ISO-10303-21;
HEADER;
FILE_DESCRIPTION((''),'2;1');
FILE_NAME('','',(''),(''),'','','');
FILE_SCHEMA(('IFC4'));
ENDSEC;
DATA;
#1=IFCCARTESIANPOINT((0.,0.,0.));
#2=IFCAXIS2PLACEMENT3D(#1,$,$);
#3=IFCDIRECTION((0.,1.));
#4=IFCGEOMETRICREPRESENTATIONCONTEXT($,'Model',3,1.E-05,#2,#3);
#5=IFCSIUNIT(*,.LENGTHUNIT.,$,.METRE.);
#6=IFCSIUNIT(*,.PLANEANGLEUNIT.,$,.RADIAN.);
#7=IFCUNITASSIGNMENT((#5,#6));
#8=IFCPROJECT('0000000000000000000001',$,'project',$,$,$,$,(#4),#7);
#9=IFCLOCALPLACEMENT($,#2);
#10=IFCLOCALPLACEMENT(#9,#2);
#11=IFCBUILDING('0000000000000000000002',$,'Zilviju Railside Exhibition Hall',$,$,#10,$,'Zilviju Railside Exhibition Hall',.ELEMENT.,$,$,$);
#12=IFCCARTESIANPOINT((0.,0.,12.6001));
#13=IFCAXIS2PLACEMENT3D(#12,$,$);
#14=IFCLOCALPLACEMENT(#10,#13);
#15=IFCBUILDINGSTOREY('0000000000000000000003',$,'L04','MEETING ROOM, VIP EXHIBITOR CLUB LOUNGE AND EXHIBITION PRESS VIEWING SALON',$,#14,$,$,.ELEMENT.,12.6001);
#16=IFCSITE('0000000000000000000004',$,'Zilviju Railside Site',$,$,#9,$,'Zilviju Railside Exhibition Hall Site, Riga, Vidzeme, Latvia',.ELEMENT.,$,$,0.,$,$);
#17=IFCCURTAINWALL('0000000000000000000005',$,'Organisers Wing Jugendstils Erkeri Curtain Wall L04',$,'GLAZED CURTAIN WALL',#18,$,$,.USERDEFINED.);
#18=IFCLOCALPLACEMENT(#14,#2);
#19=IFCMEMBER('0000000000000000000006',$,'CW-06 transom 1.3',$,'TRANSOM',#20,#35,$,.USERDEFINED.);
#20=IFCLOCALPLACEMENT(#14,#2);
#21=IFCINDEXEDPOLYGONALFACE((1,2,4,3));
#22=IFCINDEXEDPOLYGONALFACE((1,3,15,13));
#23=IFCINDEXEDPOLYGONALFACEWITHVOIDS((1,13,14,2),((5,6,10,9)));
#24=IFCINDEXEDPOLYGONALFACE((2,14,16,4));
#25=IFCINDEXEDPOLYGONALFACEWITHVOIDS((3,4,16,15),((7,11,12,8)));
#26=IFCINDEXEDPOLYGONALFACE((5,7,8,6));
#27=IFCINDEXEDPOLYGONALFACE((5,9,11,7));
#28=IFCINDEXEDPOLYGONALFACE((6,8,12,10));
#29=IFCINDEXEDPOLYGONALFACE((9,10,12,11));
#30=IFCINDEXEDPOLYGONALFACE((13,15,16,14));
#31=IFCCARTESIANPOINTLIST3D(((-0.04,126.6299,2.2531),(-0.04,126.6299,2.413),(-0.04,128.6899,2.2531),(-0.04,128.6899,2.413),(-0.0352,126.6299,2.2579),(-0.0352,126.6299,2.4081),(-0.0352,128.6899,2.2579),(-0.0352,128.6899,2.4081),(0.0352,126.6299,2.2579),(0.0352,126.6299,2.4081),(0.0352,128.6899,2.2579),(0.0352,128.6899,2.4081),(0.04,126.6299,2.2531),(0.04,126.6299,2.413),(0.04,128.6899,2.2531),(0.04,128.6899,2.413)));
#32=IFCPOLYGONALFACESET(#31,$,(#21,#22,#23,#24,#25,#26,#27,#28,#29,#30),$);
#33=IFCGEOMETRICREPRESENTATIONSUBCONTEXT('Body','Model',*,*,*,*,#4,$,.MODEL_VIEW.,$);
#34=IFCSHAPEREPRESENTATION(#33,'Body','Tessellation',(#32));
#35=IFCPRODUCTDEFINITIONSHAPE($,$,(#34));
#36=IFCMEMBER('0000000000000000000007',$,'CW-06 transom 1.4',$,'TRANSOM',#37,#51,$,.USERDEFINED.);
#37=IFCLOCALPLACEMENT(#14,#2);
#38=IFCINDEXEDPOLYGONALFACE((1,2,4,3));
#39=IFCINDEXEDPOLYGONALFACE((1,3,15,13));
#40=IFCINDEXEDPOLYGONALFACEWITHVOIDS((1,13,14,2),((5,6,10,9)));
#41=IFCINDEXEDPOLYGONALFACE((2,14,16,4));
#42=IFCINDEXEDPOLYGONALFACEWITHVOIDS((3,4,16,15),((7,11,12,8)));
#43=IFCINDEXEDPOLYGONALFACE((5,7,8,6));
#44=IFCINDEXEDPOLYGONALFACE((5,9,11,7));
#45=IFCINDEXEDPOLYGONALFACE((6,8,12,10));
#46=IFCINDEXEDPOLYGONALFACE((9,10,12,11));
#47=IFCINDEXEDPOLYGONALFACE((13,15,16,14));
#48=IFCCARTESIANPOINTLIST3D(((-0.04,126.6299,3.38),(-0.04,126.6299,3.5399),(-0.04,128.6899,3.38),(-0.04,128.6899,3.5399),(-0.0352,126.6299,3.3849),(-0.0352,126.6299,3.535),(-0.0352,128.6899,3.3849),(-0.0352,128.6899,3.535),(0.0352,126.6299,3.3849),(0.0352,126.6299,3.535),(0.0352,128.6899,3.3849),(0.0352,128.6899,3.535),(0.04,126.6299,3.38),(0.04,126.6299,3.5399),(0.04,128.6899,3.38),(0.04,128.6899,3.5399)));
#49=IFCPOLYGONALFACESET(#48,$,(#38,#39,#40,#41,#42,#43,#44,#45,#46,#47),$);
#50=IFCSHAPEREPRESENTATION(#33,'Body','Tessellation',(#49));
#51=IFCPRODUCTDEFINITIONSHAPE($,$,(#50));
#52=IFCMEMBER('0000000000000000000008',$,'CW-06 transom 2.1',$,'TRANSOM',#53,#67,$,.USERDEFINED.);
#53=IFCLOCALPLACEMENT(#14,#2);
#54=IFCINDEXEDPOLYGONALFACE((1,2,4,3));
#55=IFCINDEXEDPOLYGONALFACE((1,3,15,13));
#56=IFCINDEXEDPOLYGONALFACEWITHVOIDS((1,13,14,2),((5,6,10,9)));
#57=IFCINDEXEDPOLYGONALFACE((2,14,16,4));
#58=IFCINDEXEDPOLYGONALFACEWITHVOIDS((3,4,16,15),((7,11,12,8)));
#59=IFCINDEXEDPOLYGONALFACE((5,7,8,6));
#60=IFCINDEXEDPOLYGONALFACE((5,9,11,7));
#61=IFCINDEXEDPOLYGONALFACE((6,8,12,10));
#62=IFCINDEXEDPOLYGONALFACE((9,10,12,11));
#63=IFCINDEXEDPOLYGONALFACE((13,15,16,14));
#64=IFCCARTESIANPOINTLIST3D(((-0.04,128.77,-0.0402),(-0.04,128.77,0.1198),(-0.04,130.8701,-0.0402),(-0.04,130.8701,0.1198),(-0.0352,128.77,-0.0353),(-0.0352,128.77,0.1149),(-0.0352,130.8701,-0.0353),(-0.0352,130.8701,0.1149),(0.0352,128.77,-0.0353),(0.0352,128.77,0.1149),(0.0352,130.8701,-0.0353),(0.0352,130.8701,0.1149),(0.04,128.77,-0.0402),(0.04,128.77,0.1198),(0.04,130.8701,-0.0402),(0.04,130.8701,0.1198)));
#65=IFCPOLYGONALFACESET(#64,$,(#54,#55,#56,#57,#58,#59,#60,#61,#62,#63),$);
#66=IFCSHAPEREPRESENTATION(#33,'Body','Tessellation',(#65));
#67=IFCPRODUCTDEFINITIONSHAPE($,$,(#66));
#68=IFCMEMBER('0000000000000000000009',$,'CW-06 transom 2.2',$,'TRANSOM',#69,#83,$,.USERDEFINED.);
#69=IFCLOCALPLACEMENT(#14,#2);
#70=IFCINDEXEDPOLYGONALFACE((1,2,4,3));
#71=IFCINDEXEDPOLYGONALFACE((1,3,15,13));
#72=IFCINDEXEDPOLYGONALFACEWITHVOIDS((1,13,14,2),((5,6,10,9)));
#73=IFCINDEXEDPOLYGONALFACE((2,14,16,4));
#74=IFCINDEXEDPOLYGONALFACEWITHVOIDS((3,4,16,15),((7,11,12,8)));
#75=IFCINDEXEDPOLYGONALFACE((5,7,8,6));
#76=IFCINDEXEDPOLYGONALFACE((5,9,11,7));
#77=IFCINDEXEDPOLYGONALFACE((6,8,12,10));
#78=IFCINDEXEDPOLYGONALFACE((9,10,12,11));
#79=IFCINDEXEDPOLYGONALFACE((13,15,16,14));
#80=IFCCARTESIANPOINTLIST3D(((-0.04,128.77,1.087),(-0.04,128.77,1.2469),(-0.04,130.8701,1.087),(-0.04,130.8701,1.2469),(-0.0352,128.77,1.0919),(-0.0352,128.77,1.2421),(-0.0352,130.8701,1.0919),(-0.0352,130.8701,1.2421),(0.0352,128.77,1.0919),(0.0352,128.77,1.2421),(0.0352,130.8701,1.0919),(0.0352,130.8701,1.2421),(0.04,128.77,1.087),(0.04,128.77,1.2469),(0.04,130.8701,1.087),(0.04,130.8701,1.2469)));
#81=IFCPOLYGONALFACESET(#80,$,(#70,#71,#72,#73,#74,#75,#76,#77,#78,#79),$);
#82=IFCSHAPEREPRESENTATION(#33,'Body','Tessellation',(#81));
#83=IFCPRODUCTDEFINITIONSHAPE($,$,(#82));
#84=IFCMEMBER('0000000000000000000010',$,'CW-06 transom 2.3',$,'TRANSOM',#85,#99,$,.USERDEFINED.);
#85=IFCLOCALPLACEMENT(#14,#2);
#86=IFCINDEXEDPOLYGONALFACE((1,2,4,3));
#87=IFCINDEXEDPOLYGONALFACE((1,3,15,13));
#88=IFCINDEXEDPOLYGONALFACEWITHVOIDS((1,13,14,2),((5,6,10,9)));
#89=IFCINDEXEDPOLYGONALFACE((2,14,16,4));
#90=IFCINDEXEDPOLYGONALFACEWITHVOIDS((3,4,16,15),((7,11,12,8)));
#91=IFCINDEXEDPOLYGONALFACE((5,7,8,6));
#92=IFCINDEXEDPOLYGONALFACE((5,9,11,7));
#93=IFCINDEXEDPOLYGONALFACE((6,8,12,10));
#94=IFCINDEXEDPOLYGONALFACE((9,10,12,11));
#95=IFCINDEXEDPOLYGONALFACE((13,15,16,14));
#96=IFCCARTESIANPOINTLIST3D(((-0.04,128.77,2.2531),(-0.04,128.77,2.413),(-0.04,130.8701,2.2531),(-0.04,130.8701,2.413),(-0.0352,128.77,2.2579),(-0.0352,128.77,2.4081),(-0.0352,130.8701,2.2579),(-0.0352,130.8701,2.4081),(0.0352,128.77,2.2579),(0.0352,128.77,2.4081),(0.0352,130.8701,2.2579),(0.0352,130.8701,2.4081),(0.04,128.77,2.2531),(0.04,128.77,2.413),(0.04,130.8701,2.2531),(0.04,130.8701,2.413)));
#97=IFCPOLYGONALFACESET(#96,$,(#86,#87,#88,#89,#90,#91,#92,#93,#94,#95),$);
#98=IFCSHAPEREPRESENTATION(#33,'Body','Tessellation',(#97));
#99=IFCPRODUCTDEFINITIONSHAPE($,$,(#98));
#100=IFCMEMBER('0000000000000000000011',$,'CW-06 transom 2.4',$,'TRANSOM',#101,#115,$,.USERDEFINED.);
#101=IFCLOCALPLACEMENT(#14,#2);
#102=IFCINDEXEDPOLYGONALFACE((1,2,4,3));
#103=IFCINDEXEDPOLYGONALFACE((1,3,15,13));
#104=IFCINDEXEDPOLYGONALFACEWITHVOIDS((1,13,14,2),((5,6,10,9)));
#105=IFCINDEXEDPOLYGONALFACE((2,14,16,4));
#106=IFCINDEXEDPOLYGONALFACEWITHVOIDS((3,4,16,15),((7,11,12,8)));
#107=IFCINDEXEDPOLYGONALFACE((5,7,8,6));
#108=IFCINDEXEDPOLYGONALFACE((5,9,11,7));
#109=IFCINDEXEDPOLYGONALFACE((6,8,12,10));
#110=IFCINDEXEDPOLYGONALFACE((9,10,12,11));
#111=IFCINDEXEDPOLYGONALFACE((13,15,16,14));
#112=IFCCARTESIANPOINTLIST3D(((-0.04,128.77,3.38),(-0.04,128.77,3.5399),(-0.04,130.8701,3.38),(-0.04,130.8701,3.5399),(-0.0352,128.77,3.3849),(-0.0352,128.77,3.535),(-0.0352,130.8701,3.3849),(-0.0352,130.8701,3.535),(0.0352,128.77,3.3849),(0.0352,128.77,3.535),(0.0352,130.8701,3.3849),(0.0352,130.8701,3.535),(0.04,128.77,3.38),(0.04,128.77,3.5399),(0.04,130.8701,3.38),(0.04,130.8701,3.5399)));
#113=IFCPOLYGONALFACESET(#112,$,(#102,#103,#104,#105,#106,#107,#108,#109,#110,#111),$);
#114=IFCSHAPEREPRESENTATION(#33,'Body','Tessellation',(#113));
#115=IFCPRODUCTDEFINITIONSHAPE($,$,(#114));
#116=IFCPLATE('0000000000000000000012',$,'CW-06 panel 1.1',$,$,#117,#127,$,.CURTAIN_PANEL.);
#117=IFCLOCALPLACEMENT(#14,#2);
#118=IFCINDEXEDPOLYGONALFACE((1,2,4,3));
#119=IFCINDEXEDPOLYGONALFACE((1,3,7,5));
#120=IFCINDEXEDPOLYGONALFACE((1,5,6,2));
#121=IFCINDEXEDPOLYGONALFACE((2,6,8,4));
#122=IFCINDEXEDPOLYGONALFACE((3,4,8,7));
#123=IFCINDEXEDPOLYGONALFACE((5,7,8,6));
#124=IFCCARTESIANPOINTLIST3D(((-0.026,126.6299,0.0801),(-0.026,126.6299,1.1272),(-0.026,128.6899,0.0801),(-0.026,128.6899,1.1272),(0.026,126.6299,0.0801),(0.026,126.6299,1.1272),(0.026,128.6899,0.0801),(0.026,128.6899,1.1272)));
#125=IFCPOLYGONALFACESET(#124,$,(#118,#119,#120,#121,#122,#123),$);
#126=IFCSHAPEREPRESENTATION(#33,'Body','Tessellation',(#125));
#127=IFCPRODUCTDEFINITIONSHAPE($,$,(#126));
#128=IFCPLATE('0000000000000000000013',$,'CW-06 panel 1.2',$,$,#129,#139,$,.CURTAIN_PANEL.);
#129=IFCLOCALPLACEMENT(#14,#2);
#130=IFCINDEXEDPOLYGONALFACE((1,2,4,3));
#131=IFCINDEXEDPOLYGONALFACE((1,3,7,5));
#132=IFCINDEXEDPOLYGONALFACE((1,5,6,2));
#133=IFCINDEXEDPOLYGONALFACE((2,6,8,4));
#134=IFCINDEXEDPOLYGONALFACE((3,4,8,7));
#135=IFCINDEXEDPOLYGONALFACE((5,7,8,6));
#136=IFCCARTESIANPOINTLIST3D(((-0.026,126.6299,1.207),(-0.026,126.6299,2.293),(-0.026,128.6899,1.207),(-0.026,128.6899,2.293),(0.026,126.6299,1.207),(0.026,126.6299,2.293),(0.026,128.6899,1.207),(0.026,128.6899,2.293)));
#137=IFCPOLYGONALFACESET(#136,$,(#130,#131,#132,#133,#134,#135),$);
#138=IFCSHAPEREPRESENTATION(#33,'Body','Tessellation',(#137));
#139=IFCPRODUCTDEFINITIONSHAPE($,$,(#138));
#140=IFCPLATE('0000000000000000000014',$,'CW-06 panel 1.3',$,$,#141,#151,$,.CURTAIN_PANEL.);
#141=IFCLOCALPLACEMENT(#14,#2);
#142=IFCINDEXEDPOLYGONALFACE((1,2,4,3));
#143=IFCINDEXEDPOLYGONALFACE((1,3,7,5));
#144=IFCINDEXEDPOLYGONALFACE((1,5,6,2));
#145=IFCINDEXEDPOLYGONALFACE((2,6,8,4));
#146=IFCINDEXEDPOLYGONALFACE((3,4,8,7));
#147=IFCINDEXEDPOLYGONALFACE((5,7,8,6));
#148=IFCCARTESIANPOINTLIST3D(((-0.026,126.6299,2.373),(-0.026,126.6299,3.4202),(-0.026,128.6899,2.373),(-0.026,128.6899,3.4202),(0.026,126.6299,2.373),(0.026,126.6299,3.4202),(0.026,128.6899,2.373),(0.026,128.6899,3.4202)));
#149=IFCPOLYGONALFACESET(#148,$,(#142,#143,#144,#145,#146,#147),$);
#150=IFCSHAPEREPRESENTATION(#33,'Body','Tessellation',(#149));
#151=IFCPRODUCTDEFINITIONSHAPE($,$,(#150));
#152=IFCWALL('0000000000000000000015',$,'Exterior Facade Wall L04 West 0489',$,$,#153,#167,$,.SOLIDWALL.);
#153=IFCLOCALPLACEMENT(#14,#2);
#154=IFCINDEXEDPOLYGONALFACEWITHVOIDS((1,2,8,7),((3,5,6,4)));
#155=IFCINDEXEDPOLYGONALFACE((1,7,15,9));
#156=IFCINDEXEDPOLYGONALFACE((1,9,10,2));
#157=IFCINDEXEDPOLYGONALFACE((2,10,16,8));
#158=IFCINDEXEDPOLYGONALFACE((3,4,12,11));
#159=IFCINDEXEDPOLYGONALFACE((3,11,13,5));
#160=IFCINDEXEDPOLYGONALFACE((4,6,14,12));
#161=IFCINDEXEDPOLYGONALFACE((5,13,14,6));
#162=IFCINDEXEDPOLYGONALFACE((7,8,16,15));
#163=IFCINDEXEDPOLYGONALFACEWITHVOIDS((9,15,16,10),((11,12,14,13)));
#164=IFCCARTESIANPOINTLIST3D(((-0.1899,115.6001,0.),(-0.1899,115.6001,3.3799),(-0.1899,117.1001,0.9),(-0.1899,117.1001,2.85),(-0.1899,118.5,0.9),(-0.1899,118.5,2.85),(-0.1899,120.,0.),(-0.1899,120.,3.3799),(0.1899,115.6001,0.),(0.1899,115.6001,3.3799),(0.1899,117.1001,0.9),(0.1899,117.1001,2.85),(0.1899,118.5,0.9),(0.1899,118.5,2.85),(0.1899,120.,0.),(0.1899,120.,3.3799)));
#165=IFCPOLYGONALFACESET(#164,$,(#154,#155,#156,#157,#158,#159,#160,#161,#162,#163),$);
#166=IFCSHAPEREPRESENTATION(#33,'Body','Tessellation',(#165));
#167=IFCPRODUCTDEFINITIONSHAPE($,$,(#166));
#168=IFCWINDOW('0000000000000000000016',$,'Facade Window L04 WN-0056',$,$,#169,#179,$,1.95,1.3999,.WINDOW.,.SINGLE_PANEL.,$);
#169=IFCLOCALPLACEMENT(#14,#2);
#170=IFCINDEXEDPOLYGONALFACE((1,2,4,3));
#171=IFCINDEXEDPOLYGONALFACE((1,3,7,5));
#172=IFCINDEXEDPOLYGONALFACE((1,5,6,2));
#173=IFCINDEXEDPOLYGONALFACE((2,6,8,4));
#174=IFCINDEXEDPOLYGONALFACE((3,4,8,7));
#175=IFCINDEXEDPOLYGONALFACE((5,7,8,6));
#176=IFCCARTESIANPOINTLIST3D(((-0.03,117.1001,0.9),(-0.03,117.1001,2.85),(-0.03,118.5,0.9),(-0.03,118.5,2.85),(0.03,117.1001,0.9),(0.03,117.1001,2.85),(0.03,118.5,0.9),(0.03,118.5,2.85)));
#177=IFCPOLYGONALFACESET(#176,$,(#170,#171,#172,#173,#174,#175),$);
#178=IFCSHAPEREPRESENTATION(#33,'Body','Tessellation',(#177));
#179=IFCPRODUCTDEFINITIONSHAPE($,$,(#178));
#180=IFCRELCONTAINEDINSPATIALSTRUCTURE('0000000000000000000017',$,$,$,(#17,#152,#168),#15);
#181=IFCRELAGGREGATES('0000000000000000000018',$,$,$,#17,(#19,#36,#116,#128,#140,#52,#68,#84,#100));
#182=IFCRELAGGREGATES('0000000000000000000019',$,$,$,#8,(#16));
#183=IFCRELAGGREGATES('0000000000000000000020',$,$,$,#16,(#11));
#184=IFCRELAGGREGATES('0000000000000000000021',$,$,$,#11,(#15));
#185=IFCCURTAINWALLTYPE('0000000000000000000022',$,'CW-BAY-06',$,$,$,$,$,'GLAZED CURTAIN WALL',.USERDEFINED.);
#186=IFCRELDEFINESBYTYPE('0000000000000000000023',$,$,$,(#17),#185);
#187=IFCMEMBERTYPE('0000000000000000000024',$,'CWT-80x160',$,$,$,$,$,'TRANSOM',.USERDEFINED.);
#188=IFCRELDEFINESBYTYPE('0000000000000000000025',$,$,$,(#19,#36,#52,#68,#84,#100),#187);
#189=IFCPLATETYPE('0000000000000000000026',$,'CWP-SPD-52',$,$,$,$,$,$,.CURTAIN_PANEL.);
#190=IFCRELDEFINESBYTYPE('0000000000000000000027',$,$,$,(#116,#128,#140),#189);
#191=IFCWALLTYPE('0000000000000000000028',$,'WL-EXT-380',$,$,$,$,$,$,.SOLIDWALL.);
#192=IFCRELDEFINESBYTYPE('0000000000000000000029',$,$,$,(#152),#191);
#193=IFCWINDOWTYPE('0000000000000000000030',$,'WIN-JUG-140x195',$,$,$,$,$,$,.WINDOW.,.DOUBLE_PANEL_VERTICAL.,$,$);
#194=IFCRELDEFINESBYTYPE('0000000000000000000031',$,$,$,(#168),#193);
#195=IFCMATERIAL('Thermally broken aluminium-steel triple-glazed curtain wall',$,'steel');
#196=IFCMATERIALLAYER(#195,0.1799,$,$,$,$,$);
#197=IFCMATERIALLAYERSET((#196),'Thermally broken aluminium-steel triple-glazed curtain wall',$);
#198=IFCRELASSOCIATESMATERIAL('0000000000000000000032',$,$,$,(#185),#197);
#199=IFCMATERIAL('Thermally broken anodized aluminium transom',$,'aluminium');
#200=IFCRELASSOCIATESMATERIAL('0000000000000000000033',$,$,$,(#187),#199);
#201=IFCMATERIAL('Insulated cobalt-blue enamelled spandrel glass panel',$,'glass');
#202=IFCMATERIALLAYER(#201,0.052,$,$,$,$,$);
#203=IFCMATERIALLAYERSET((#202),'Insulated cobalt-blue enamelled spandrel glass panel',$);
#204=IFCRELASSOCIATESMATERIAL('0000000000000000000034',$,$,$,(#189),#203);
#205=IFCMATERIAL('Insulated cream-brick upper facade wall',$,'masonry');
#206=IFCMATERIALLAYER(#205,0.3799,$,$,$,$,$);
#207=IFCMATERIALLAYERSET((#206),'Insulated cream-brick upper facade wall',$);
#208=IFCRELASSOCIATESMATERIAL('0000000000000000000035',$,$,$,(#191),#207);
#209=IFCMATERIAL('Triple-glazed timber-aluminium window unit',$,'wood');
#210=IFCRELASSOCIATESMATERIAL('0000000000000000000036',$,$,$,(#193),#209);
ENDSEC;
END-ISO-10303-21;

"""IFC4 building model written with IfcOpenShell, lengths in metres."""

from ifc_helpers import new_model, si_unit, direction, frame, frame_2d, origin, origin_2d, place, context, subcontext, project, spatial, rectangle, hollow_rectangle, extrude, material, layer, layer_set, material_profile, profile_set, type_object, element, fill, aggregate, save


model = new_model("IFC4")

# Units and contexts
model_context = context("Model", 3, precision=1e-05, world=origin(), true_north=direction((0.0, 1.0)))
body_context = subcontext(model_context, "Body", "Model", "MODEL_VIEW")
ifc_project = project(units=[si_unit("LENGTHUNIT", "METRE"), si_unit("PLANEANGLEUNIT", "RADIAN")], contexts=[model_context])

# Site, building, storey
site_placement = place(None, origin())
site = spatial("IfcSite", under=ifc_project, at=site_placement, Name="Zilviju Railside Site", LongName="Zilviju Railside Exhibition Hall Site, Riga, Vidzeme, Latvia", CompositionType="ELEMENT", RefElevation=0.0)
building_placement = place(site_placement, origin())
building = spatial("IfcBuilding", under=site, at=building_placement, Name="Zilviju Railside Exhibition Hall", LongName="Zilviju Railside Exhibition Hall", CompositionType="ELEMENT")
storey_placement = place(building_placement, frame((0.0, 0.0, 12.6001)))
storey = spatial("IfcBuildingStorey", under=building, at=storey_placement, Name="L04", Description="MEETING ROOM, VIP EXHIBITOR CLUB LOUNGE AND EXHIBITION PRESS VIEWING SALON", CompositionType="ELEMENT", Elevation=12.6001)

# Curtain wall, members, plates
ifc_material_1 = material(Name="Thermally broken aluminium-steel triple-glazed curtain wall", Category="steel")
ifc_layer_1 = layer(ifc_material_1, 0.1799)
ifc_layer_set_1 = layer_set([ifc_layer_1], Name="Thermally broken aluminium-steel triple-glazed curtain wall")
curtain_wall_type = type_object("IfcCurtainWallType", Name="CW-BAY-06", ElementType="GLAZED CURTAIN WALL", PredefinedType="USERDEFINED", material=ifc_layer_set_1)
curtain_wall_placement = place(storey_placement, origin())
curtain_wall = element("IfcCurtainWall", 1, at=curtain_wall_placement, inside=storey, type_object=curtain_wall_type, Name="Organisers Wing Jugendstils Erkeri Curtain Wall L04", ObjectType="GLAZED CURTAIN WALL", PredefinedType="USERDEFINED")
ifc_material_2 = material(Name="Thermally broken anodized aluminium transom", Category="aluminium")
ifc_material_profile_1 = material_profile(ifc_material_2, hollow_rectangle(XDim=0.0801, YDim=0.1599, WallThickness=0.0049, at=origin_2d()), Name="TRANSOM 160x80x5")
ifc_profile_set_1 = profile_set([ifc_material_profile_1], Name="Thermally broken anodized aluminium transom")
member_type_1 = type_object("IfcMemberType", Name="CWT-80x160", ElementType="TRANSOM", PredefinedType="USERDEFINED", material=ifc_profile_set_1)
member_1_placement = place(storey_placement, frame((0.0, 126.6299, 2.333), z_axis=(0.0, 1.0, 0.0), x_axis=(-1.0, 0.0, 0.0)))
member_1 = element("IfcMember", 2, at=member_1_placement, type_object=member_type_1, Name="CW-06 transom 1.3", ObjectType="TRANSOM", PredefinedType="USERDEFINED", context=body_context, shape_type="SweptSolid", body=[
    extrude(hollow_rectangle(XDim=0.0801, YDim=0.1599, WallThickness=0.0049, at=origin_2d()), origin(), (0.0, 0.0, 1.0), 2.0601),
])
member_2_placement = place(storey_placement, frame((0.0, 126.6299, 3.46), z_axis=(0.0, 1.0, 0.0), x_axis=(-1.0, 0.0, 0.0)))
member_2 = element("IfcMember", 3, at=member_2_placement, type_object=member_type_1, Name="CW-06 transom 1.4", ObjectType="TRANSOM", PredefinedType="USERDEFINED", context=body_context, shape_type="SweptSolid", body=[
    extrude(hollow_rectangle(XDim=0.0801, YDim=0.1599, WallThickness=0.0049, at=origin_2d()), origin(), (0.0, 0.0, 1.0), 2.0601),
])
member_3_placement = place(storey_placement, frame((0.0, 128.77, 0.0398), z_axis=(0.0, 1.0, 0.0), x_axis=(-1.0, 0.0, 0.0)))
member_3 = element("IfcMember", 4, at=member_3_placement, type_object=member_type_1, Name="CW-06 transom 2.1", ObjectType="TRANSOM", PredefinedType="USERDEFINED", context=body_context, shape_type="SweptSolid", body=[
    extrude(hollow_rectangle(XDim=0.0801, YDim=0.1599, WallThickness=0.0049, at=origin_2d()), origin(), (0.0, 0.0, 1.0), 2.1001),
])
member_4_placement = place(storey_placement, frame((0.0, 128.77, 1.167), z_axis=(0.0, 1.0, 0.0), x_axis=(-1.0, 0.0, 0.0)))
member_4 = element("IfcMember", 5, at=member_4_placement, type_object=member_type_1, Name="CW-06 transom 2.2", ObjectType="TRANSOM", PredefinedType="USERDEFINED", context=body_context, shape_type="SweptSolid", body=[
    extrude(hollow_rectangle(XDim=0.0801, YDim=0.1599, WallThickness=0.0049, at=origin_2d()), origin(), (0.0, 0.0, 1.0), 2.1001),
])
member_5_placement = place(storey_placement, frame((0.0, 128.77, 2.333), z_axis=(0.0, 1.0, 0.0), x_axis=(-1.0, 0.0, 0.0)))
member_5 = element("IfcMember", 6, at=member_5_placement, type_object=member_type_1, Name="CW-06 transom 2.3", ObjectType="TRANSOM", PredefinedType="USERDEFINED", context=body_context, shape_type="SweptSolid", body=[
    extrude(hollow_rectangle(XDim=0.0801, YDim=0.1599, WallThickness=0.0049, at=origin_2d()), origin(), (0.0, 0.0, 1.0), 2.1001),
])
member_6_placement = place(storey_placement, frame((0.0, 128.77, 3.46), z_axis=(0.0, 1.0, 0.0), x_axis=(-1.0, 0.0, 0.0)))
member_6 = element("IfcMember", 7, at=member_6_placement, type_object=member_type_1, Name="CW-06 transom 2.4", ObjectType="TRANSOM", PredefinedType="USERDEFINED", context=body_context, shape_type="SweptSolid", body=[
    extrude(hollow_rectangle(XDim=0.0801, YDim=0.1599, WallThickness=0.0049, at=origin_2d()), origin(), (0.0, 0.0, 1.0), 2.1001),
])
ifc_material_3 = material(Name="Insulated cobalt-blue enamelled spandrel glass panel", Category="glass")
ifc_layer_2 = layer(ifc_material_3, 0.052)
ifc_layer_set_2 = layer_set([ifc_layer_2], Name="Insulated cobalt-blue enamelled spandrel glass panel")
plate_type = type_object("IfcPlateType", Name="CWP-SPD-52", PredefinedType="CURTAIN_PANEL", material=ifc_layer_set_2)
plate_1_placement = place(storey_placement, frame((0.0, 127.6599, 0.0801), z_axis=(0.0, 0.0, 1.0), x_axis=(0.0, 1.0, 0.0)))
plate_1 = element("IfcPlate", 8, at=plate_1_placement, type_object=plate_type, Name="CW-06 panel 1.1", PredefinedType="CURTAIN_PANEL", context=body_context, shape_type="SweptSolid", body=[
    extrude(rectangle(XDim=2.0601, YDim=0.052, at=origin_2d()), origin(), (0.0, 0.0, 1.0), 1.0471),
])
plate_2_placement = place(storey_placement, frame((0.0, 127.6599, 1.207), z_axis=(0.0, 0.0, 1.0), x_axis=(0.0, 1.0, 0.0)))
plate_2 = element("IfcPlate", 9, at=plate_2_placement, type_object=plate_type, Name="CW-06 panel 1.2", PredefinedType="CURTAIN_PANEL", context=body_context, shape_type="SweptSolid", body=[
    extrude(rectangle(XDim=2.0601, YDim=0.052, at=origin_2d()), origin(), (0.0, 0.0, 1.0), 1.0859),
])
plate_3_placement = place(storey_placement, frame((0.0, 127.6599, 2.373), z_axis=(0.0, 0.0, 1.0), x_axis=(0.0, 1.0, 0.0)))
plate_3 = element("IfcPlate", 10, at=plate_3_placement, type_object=plate_type, Name="CW-06 panel 1.3", PredefinedType="CURTAIN_PANEL", context=body_context, shape_type="SweptSolid", body=[
    extrude(rectangle(XDim=2.0601, YDim=0.052, at=origin_2d()), origin(), (0.0, 0.0, 1.0), 1.0471),
])
aggregate(curtain_wall, [member_1, member_2, plate_1, plate_2, plate_3, member_3, member_4, member_5, member_6])

# Wall, opening, window
ifc_material_4 = material(Name="Insulated cream-brick upper facade wall", Category="masonry")
ifc_layer_3 = layer(ifc_material_4, 0.3799)
ifc_layer_set_3 = layer_set([ifc_layer_3], Name="Insulated cream-brick upper facade wall")
wall_type_1 = type_object("IfcWallType", Name="WL-EXT-380", PredefinedType="SOLIDWALL", material=ifc_layer_set_3)
wall_1_placement = place(storey_placement, frame((0.0, 115.6001, 0.0), z_axis=(0.0, 0.0, 1.0), x_axis=(0.0, 1.0, 0.0)))
wall_1 = element("IfcWall", 11, at=wall_1_placement, inside=storey, type_object=wall_type_1, Name="Exterior Facade Wall L04 West 0489", PredefinedType="SOLIDWALL", context=body_context, shape_type="SweptSolid", body=[
    extrude(rectangle(XDim=4.3999, YDim=0.3799, at=frame_2d((2.2, 0.0))), origin(), (0.0, 0.0, 1.0), 3.3799),
])
opening_1_placement = place(wall_1_placement, frame((1.5, 0.0, 0.8999)))
opening_1 = element("IfcOpeningElement", 12, at=opening_1_placement, cuts=wall_1, PredefinedType="OPENING", context=body_context, shape_type="SweptSolid", body=[
    extrude(rectangle(XDim=1.3999, YDim=1.95, at=frame_2d((0.7, 0.9751))), frame((0.0, 0.2, 0.0), z_axis=(0.0, -1.0, 0.0), x_axis=(1.0, 0.0, 0.0)), (0.0, 0.0, 1.0), 0.3999),
])
ifc_material_5 = material(Name="Triple-glazed timber-aluminium window unit", Category="wood")
window_type = type_object("IfcWindowType", Name="WIN-JUG-140x195", PartitioningType="DOUBLE_PANEL_VERTICAL", PredefinedType="WINDOW", material=ifc_material_5)
window_1_placement = place(opening_1_placement, origin())
window_1 = element("IfcWindow", 13, at=window_1_placement, inside=storey, type_object=window_type, Name="Facade Window L04 WN-0056", OverallHeight=1.95, OverallWidth=1.3999, PartitioningType="SINGLE_PANEL", PredefinedType="WINDOW", context=body_context, shape_type="SweptSolid", body=[
    extrude(rectangle(XDim=1.3999, YDim=1.95, at=frame_2d((0.7, 0.9751))), frame((0.0, 0.03, 0.0), z_axis=(0.0, -1.0, 0.0), x_axis=(1.0, 0.0, 0.0)), (0.0, 0.0, 1.0), 0.0601),
])
fill(opening_1, window_1)

save(model, "model.ifc")
